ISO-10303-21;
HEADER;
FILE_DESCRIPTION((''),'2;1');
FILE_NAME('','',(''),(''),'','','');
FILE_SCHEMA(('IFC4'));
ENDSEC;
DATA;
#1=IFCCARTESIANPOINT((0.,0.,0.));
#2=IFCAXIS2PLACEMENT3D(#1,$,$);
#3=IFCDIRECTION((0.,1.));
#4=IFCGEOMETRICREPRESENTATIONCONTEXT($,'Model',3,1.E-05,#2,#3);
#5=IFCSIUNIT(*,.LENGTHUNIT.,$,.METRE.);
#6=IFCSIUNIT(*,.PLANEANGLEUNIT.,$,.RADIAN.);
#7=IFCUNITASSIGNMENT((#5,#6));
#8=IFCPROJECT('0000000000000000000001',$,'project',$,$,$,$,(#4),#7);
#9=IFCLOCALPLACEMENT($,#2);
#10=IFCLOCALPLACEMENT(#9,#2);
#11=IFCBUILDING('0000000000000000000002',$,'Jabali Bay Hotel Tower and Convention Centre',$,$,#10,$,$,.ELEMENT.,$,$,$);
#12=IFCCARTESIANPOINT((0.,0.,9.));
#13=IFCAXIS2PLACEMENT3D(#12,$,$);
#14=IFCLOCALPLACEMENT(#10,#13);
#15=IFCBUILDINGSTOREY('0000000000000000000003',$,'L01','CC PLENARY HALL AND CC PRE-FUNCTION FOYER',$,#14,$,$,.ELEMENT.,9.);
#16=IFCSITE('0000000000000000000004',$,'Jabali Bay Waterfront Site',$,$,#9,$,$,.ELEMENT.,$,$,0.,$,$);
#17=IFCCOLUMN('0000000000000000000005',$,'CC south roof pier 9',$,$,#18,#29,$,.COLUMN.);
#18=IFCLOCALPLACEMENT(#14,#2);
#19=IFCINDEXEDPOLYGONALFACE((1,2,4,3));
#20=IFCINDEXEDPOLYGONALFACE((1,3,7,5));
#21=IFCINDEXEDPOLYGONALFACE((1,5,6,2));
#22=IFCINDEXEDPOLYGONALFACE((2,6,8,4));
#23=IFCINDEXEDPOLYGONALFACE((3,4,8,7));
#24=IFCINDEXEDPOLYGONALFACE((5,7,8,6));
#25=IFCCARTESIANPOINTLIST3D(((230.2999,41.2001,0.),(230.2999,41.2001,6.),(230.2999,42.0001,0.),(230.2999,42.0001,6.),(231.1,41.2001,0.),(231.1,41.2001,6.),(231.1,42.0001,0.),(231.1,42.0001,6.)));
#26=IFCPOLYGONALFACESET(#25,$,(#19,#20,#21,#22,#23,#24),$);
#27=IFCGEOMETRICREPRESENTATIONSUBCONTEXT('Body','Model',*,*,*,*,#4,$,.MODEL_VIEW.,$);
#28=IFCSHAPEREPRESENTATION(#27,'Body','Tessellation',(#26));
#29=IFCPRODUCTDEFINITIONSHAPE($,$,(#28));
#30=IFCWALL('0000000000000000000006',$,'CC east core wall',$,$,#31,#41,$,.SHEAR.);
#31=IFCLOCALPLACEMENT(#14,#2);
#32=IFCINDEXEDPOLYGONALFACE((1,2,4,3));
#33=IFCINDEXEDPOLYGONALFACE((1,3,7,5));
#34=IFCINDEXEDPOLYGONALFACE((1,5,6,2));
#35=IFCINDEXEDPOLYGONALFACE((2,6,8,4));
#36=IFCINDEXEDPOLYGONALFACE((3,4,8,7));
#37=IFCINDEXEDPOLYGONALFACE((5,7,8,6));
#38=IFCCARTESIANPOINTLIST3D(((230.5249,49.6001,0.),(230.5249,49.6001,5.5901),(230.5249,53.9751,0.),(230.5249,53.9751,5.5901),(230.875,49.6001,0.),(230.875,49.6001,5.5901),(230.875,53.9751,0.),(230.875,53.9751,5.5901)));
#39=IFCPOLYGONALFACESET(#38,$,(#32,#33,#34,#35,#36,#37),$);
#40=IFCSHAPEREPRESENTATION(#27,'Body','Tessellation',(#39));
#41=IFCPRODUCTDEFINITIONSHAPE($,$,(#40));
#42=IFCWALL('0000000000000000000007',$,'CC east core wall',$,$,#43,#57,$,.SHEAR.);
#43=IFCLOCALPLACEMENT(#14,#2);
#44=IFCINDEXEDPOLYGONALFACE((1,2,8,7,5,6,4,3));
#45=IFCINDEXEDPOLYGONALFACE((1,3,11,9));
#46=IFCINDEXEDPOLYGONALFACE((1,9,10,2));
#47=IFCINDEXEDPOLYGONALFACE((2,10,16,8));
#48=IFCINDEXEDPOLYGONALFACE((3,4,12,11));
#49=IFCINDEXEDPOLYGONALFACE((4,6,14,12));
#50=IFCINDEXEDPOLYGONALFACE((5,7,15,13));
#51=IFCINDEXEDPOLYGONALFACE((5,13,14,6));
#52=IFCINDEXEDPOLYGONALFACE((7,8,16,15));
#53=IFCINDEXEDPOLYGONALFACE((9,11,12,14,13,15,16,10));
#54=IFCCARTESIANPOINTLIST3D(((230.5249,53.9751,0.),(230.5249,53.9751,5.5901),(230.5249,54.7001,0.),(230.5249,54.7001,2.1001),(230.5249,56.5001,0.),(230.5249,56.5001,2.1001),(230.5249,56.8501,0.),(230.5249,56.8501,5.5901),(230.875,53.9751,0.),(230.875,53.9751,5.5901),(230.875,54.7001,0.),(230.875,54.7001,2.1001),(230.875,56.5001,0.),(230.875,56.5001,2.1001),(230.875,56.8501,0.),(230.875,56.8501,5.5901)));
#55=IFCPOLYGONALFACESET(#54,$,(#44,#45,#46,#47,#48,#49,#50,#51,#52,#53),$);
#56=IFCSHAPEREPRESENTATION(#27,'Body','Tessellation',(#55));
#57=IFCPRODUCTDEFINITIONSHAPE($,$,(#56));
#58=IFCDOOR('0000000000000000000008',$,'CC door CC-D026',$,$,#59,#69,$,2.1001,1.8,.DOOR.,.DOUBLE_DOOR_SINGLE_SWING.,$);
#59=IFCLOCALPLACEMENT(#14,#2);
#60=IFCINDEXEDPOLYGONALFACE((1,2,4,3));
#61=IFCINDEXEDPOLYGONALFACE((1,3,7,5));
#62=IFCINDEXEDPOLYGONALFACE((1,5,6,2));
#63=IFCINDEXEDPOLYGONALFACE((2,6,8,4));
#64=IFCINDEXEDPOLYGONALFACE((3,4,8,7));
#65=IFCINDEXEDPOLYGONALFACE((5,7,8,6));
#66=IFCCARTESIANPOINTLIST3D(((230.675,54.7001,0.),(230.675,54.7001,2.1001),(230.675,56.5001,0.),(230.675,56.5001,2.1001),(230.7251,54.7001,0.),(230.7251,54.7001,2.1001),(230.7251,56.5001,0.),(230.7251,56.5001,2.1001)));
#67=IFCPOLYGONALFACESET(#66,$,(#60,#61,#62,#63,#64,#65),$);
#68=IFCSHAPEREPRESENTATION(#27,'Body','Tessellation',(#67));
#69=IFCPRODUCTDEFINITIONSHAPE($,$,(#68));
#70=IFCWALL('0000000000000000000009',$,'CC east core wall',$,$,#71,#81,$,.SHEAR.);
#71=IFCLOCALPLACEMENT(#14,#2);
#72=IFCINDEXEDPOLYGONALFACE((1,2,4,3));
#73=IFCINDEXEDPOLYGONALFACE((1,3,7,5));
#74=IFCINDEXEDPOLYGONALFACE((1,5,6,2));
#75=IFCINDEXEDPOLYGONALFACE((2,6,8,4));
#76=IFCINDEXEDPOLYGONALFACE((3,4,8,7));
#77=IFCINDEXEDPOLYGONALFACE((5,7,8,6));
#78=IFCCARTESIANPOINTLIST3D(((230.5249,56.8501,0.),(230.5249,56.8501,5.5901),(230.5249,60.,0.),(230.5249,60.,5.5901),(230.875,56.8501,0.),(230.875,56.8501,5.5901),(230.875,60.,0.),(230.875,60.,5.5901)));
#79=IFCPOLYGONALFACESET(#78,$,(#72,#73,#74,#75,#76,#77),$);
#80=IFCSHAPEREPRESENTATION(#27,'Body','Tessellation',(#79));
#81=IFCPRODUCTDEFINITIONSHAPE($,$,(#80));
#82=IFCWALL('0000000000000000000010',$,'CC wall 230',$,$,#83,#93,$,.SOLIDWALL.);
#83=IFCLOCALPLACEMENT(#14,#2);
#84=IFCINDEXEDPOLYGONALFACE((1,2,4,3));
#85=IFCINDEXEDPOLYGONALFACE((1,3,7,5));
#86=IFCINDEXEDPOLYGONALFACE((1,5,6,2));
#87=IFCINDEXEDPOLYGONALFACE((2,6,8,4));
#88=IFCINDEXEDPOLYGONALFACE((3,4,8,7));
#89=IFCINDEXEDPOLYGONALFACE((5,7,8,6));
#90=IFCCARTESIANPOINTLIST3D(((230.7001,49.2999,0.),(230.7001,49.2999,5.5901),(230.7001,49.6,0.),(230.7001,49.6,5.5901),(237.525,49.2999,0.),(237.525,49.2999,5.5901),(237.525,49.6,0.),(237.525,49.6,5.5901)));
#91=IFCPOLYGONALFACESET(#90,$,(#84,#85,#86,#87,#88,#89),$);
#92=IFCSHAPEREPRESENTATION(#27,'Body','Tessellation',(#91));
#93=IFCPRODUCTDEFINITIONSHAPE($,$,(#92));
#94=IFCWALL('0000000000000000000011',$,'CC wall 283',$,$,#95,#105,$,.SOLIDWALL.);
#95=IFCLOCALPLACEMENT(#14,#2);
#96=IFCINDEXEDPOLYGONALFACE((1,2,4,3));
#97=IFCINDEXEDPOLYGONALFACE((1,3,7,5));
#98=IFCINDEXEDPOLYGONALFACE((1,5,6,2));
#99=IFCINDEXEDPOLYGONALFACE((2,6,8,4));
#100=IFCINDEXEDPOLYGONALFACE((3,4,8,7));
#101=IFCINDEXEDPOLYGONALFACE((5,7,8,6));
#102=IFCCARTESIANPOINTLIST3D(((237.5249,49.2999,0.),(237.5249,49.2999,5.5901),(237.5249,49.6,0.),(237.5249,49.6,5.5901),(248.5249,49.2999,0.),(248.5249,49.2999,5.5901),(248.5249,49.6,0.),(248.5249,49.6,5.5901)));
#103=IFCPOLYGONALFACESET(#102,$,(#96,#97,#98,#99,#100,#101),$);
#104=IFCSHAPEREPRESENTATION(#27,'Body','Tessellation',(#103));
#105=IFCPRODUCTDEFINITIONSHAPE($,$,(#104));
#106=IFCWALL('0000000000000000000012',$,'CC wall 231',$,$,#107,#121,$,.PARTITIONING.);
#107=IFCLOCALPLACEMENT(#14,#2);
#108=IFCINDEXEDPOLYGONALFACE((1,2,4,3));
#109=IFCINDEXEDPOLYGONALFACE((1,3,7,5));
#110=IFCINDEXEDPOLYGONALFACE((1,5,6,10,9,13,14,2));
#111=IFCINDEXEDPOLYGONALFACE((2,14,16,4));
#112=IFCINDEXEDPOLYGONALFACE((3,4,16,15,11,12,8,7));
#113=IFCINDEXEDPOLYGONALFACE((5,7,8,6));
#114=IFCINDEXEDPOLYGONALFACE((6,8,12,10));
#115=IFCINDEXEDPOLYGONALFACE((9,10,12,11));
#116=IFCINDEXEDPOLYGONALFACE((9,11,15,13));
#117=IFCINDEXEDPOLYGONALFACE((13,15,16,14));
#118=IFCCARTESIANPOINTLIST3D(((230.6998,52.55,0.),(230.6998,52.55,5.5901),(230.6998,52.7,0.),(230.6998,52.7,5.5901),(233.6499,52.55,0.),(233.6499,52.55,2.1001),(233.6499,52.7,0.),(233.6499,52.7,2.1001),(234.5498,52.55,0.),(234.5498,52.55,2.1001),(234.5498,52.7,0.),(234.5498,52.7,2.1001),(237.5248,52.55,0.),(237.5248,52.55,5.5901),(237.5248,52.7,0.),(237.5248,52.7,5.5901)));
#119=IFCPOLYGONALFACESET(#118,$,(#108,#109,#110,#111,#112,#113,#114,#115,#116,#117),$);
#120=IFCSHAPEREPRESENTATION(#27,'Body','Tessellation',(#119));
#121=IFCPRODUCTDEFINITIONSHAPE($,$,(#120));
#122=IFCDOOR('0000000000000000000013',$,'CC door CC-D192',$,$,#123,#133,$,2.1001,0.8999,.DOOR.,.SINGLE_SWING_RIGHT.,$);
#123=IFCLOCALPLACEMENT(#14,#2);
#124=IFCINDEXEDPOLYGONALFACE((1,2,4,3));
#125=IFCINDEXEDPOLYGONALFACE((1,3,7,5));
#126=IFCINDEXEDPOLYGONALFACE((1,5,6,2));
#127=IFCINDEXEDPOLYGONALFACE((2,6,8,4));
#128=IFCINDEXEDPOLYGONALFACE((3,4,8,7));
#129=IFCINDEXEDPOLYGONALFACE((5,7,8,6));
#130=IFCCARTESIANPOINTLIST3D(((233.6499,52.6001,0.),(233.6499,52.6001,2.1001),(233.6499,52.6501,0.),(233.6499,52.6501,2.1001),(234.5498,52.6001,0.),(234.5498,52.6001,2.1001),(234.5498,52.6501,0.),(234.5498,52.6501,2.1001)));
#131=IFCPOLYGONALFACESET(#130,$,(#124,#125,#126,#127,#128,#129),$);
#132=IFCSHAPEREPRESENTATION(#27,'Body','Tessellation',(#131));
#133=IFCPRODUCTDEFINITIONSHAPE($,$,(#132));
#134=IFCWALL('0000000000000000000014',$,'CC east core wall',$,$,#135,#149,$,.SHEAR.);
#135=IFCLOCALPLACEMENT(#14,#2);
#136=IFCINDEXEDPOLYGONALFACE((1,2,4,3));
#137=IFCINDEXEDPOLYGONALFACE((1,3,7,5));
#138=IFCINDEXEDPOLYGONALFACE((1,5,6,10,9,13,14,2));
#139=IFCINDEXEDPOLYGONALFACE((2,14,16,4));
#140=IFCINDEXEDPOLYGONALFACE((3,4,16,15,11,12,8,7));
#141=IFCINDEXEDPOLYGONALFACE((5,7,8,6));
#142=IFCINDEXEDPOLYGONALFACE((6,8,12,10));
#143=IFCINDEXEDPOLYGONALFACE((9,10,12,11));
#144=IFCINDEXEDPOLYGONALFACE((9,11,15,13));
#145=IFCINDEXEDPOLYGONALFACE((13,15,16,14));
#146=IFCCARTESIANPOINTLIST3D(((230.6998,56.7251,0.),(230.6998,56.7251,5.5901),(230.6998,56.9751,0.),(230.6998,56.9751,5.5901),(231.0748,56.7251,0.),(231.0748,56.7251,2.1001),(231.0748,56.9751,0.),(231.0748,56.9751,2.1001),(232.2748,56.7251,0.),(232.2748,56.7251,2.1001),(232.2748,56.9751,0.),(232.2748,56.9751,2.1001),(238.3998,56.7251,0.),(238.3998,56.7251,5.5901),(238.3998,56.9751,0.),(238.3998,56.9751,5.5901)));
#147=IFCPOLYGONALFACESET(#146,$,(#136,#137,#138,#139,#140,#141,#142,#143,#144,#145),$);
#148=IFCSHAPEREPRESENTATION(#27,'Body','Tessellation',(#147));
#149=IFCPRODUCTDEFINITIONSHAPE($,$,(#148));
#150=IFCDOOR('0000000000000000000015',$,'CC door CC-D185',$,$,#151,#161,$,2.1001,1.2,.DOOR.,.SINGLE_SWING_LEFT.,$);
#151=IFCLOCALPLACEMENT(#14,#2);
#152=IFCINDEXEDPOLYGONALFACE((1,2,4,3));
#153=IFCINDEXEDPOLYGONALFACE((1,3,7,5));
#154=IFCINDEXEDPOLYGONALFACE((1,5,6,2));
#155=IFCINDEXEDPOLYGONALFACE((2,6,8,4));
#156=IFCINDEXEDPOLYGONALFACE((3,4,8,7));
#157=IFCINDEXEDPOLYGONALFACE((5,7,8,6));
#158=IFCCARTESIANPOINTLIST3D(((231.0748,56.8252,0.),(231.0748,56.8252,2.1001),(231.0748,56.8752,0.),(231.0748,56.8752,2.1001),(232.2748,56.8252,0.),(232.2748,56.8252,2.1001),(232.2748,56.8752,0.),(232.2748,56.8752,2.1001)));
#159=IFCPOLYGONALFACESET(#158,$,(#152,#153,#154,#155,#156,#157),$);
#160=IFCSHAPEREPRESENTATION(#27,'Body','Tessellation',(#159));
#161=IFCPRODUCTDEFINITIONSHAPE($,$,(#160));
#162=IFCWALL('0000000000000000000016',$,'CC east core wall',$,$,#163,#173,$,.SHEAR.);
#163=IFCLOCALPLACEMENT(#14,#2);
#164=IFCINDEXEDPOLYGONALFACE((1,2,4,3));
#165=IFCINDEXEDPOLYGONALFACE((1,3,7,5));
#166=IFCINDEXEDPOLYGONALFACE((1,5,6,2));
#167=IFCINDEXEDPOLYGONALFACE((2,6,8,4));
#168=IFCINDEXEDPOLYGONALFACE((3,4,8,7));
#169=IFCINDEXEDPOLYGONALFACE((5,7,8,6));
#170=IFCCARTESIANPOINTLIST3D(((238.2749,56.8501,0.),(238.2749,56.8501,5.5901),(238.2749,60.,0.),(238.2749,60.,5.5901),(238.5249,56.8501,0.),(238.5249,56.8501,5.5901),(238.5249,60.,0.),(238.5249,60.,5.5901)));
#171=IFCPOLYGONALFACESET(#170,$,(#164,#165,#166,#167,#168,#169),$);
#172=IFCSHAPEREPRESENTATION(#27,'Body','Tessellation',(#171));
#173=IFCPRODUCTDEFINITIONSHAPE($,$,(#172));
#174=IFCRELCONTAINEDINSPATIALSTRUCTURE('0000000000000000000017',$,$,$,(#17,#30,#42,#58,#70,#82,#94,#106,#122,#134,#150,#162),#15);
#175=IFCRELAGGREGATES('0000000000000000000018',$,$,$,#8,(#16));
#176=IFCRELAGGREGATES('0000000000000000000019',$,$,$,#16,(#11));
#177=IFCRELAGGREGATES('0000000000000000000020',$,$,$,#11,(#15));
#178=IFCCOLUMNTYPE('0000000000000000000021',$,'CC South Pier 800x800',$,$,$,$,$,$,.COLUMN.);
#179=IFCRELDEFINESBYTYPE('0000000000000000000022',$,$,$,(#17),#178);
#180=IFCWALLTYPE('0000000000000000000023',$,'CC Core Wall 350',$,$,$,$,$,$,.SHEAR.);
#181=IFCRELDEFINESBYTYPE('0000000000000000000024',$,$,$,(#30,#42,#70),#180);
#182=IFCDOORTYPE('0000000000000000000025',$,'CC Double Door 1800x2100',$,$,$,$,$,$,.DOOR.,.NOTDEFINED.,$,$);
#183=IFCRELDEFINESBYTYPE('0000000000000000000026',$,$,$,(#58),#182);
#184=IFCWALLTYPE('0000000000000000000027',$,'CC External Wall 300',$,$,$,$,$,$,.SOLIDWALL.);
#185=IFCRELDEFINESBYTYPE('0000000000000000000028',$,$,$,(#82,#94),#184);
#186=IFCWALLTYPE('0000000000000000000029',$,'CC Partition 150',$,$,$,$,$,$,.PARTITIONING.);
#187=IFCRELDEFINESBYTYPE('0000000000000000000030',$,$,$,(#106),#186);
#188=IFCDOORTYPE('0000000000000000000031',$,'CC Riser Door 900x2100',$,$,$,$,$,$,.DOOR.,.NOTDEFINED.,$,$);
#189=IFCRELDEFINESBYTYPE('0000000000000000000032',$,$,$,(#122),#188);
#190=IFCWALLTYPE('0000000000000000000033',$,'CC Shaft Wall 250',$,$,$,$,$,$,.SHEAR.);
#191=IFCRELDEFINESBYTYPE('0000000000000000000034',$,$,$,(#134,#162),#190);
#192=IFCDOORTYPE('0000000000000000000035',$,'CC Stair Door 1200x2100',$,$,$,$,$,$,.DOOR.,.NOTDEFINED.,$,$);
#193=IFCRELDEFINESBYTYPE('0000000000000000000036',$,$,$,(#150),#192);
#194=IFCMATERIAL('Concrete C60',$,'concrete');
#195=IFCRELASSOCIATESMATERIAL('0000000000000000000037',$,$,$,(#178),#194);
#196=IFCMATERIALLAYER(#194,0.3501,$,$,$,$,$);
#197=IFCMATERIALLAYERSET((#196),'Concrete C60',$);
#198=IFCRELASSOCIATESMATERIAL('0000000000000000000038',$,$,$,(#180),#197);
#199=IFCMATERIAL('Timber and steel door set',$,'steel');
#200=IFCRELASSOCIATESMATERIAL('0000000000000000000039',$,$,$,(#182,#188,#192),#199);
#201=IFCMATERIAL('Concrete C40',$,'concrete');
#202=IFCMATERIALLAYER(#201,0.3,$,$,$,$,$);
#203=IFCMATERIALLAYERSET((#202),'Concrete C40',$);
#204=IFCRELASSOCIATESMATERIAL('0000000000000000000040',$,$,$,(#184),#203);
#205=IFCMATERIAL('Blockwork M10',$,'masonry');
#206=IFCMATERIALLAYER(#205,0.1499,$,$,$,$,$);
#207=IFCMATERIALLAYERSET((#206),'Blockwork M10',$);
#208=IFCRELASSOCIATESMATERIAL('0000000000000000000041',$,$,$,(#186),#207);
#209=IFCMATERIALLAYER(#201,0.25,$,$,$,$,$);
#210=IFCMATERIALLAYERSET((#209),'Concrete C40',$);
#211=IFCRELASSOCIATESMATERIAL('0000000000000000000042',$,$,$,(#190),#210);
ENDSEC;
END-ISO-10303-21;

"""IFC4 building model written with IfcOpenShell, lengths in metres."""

from ifc_helpers import new_model, si_unit, direction, frame, frame_2d, origin, origin_2d, place, context, subcontext, project, spatial, rectangle, extrude, material, layer, layer_set, material_profile, profile_set, type_object, element, fill, save


model = new_model("IFC4")

# Units and contexts
model_context = context("Model", 3, precision=1e-05, world=origin(), true_north=direction((0.0, 1.0)))
body_context = subcontext(model_context, "Body", "Model", "MODEL_VIEW")
ifc_project = project(units=[si_unit("LENGTHUNIT", "METRE"), si_unit("PLANEANGLEUNIT", "RADIAN")], contexts=[model_context])

# Site, building, storey
site_placement = place(None, origin())
site = spatial("IfcSite", under=ifc_project, at=site_placement, Name="Jabali Bay Waterfront Site", CompositionType="ELEMENT", RefElevation=0.0)
building_placement = place(site_placement, origin())
building = spatial("IfcBuilding", under=site, at=building_placement, Name="Jabali Bay Hotel Tower and Convention Centre", CompositionType="ELEMENT")
storey_placement = place(building_placement, frame((0.0, 0.0, 9.0)))
storey = spatial("IfcBuildingStorey", under=building, at=storey_placement, Name="L01", Description="CC PLENARY HALL AND CC PRE-FUNCTION FOYER", CompositionType="ELEMENT", Elevation=9.0)

# Column
ifc_material_1 = material(Name="Concrete C60", Category="concrete")
ifc_material_profile = material_profile(ifc_material_1, rectangle(XDim=0.8, YDim=0.8, at=origin_2d()), Name="RC 800x800")
ifc_profile_set = profile_set([ifc_material_profile], Name="Concrete C60")
column_type = type_object("IfcColumnType", Name="CC South Pier 800x800", PredefinedType="COLUMN", material=ifc_profile_set)
column_placement = place(storey_placement, frame((230.7, 41.6001, 0.0), z_axis=(0.0, 0.0, 1.0), x_axis=(1.0, 0.0, 0.0)))
element("IfcColumn", 1, at=column_placement, inside=storey, type_object=column_type, Name="CC south roof pier 9", PredefinedType="COLUMN", context=body_context, shape_type="SweptSolid", body=[
    extrude(rectangle(XDim=0.8, YDim=0.8, at=origin_2d()), origin(), (0.0, 0.0, 1.0), 6.0),
])

# Wall
ifc_layer_1 = layer(ifc_material_1, 0.3501)
ifc_layer_set_1 = layer_set([ifc_layer_1], Name="Concrete C60")
wall_type_1 = type_object("IfcWallType", Name="CC Core Wall 350", PredefinedType="SHEAR", material=ifc_layer_set_1)
wall_1_placement = place(storey_placement, frame((230.7, 49.6001, 0.0), z_axis=(0.0, 0.0, 1.0), x_axis=(0.0, 1.0, 0.0)))
element("IfcWall", 2, at=wall_1_placement, inside=storey, type_object=wall_type_1, Name="CC east core wall", PredefinedType="SHEAR", context=body_context, shape_type="SweptSolid", body=[
    extrude(rectangle(XDim=4.375, YDim=0.3501, at=frame_2d((2.1875, 0.0))), origin(), (0.0, 0.0, 1.0), 5.5901),
])

# Wall, opening, door
wall_2_placement = place(storey_placement, frame((230.7, 53.9751, 0.0), z_axis=(0.0, 0.0, 1.0), x_axis=(0.0, 1.0, 0.0)))
wall_2 = element("IfcWall", 3, at=wall_2_placement, inside=storey, type_object=wall_type_1, Name="CC east core wall", PredefinedType="SHEAR", context=body_context, shape_type="SweptSolid", body=[
    extrude(rectangle(XDim=2.875, YDim=0.3501, at=frame_2d((1.4375, 0.0))), origin(), (0.0, 0.0, 1.0), 5.5901),
])
opening_1_placement = place(wall_2_placement, frame((0.7251, 0.0, 0.0)))
opening_1 = element("IfcOpeningElement", 4, at=opening_1_placement, cuts=wall_2, PredefinedType="OPENING", context=body_context, shape_type="SweptSolid", body=[
    extrude(rectangle(XDim=1.8, YDim=2.1001, at=frame_2d((0.8999, 1.05))), frame((0.0, 0.1855, 0.0), z_axis=(0.0, -1.0, 0.0), x_axis=(1.0, 0.0, 0.0)), (0.0, 0.0, 1.0), 0.3711),
])
ifc_material_2 = material(Name="Timber and steel door set", Category="steel")
door_type_1 = type_object("IfcDoorType", Name="CC Double Door 1800x2100", OperationType="NOTDEFINED", PredefinedType="DOOR", material=ifc_material_2)
door_1_placement = place(opening_1_placement, origin())
door_1 = element("IfcDoor", 5, at=door_1_placement, inside=storey, type_object=door_type_1, Name="CC door CC-D026", OperationType="DOUBLE_DOOR_SINGLE_SWING", OverallHeight=2.1001, OverallWidth=1.8, PredefinedType="DOOR", context=body_context, shape_type="SweptSolid", body=[
    extrude(rectangle(XDim=1.8, YDim=2.1001, at=frame_2d((0.8999, 1.05))), frame((0.0, 0.0249, 0.0), z_axis=(0.0, -1.0, 0.0), x_axis=(1.0, 0.0, 0.0)), (0.0, 0.0, 1.0), 0.05),
])
fill(opening_1, door_1)

# Walls
wall_3_placement = place(storey_placement, frame((230.7, 56.8501, 0.0), z_axis=(0.0, 0.0, 1.0), x_axis=(0.0, 1.0, 0.0)))
element("IfcWall", 6, at=wall_3_placement, inside=storey, type_object=wall_type_1, Name="CC east core wall", PredefinedType="SHEAR", context=body_context, shape_type="SweptSolid", body=[
    extrude(rectangle(XDim=3.1499, YDim=0.3501, at=frame_2d((1.575, 0.0))), origin(), (0.0, 0.0, 1.0), 5.5901),
])
ifc_material_3 = material(Name="Concrete C40", Category="concrete")
ifc_layer_2 = layer(ifc_material_3, 0.3)
ifc_layer_set_2 = layer_set([ifc_layer_2], Name="Concrete C40")
wall_type_2 = type_object("IfcWallType", Name="CC External Wall 300", PredefinedType="SOLIDWALL", material=ifc_layer_set_2)
wall_4_placement = place(storey_placement, frame((230.7, 49.45, 0.0), z_axis=(0.0, 0.0, 1.0), x_axis=(1.0, 0.0, 0.0)))
element("IfcWall", 7, at=wall_4_placement, inside=storey, type_object=wall_type_2, Name="CC wall 230", PredefinedType="SOLIDWALL", context=body_context, shape_type="SweptSolid", body=[
    extrude(rectangle(XDim=6.825, YDim=0.3, at=frame_2d((3.4126, 0.0))), origin(), (0.0, 0.0, 1.0), 5.5901),
])
wall_5_placement = place(storey_placement, frame((237.5249, 49.45, 0.0), z_axis=(0.0, 0.0, 1.0), x_axis=(1.0, 0.0, 0.0)))
element("IfcWall", 8, at=wall_5_placement, inside=storey, type_object=wall_type_2, Name="CC wall 283", PredefinedType="SOLIDWALL", context=body_context, shape_type="SweptSolid", body=[
    extrude(rectangle(XDim=11.0, YDim=0.3, at=frame_2d((5.5, 0.0))), origin(), (0.0, 0.0, 1.0), 5.5901),
])

# Walls, openings, doors
ifc_material_4 = material(Name="Blockwork M10", Category="masonry")
ifc_layer_3 = layer(ifc_material_4, 0.1499)
ifc_layer_set_3 = layer_set([ifc_layer_3], Name="Blockwork M10")
wall_type_3 = type_object("IfcWallType", Name="CC Partition 150", PredefinedType="PARTITIONING", material=ifc_layer_set_3)
wall_6_placement = place(storey_placement, frame((237.5249, 52.625, 0.0), z_axis=(0.0, 0.0, 1.0), x_axis=(-1.0, 0.0, 0.0)))
wall_6 = element("IfcWall", 9, at=wall_6_placement, inside=storey, type_object=wall_type_3, Name="CC wall 231", PredefinedType="PARTITIONING", context=body_context, shape_type="SweptSolid", body=[
    extrude(rectangle(XDim=6.825, YDim=0.1499, at=frame_2d((3.4126, 0.0))), origin(), (0.0, 0.0, 1.0), 5.5901),
])
opening_2_placement = place(wall_6_placement, frame((2.9751, 0.0, 0.0)))
opening_2 = element("IfcOpeningElement", 10, at=opening_2_placement, cuts=wall_6, PredefinedType="OPENING", context=body_context, shape_type="SweptSolid", body=[
    extrude(rectangle(XDim=0.8999, YDim=2.1001, at=frame_2d((0.45, 1.05))), frame((0.0, 0.0854, 0.0), z_axis=(0.0, -1.0, 0.0), x_axis=(1.0, 0.0, 0.0)), (0.0, 0.0, 1.0), 0.1709),
])
door_type_2 = type_object("IfcDoorType", Name="CC Riser Door 900x2100", OperationType="NOTDEFINED", PredefinedType="DOOR", material=ifc_material_2)
door_2_placement = place(opening_2_placement, origin())
door_2 = element("IfcDoor", 11, at=door_2_placement, inside=storey, type_object=door_type_2, Name="CC door CC-D192", OperationType="SINGLE_SWING_RIGHT", OverallHeight=2.1001, OverallWidth=0.8999, PredefinedType="DOOR", context=body_context, shape_type="SweptSolid", body=[
    extrude(rectangle(XDim=0.8999, YDim=2.1001, at=frame_2d((0.45, 1.05))), frame((0.0, 0.0249, 0.0), z_axis=(0.0, -1.0, 0.0), x_axis=(1.0, 0.0, 0.0)), (0.0, 0.0, 1.0), 0.05),
])
fill(opening_2, door_2)
ifc_layer_4 = layer(ifc_material_3, 0.25)
ifc_layer_set_4 = layer_set([ifc_layer_4], Name="Concrete C40")
wall_type_4 = type_object("IfcWallType", Name="CC Shaft Wall 250", PredefinedType="SHEAR", material=ifc_layer_set_4)
wall_7_placement = place(storey_placement, frame((238.3999, 56.8501, 0.0), z_axis=(0.0, 0.0, 1.0), x_axis=(-1.0, 0.0, 0.0)))
wall_7 = element("IfcWall", 12, at=wall_7_placement, inside=storey, type_object=wall_type_4, Name="CC east core wall", PredefinedType="SHEAR", context=body_context, shape_type="SweptSolid", body=[
    extrude(rectangle(XDim=7.7, YDim=0.25, at=frame_2d((3.8501, 0.0))), origin(), (0.0, 0.0, 1.0), 5.5901),
])
opening_3_placement = place(wall_7_placement, frame((6.125, 0.0, 0.0)))
opening_3 = element("IfcOpeningElement", 13, at=opening_3_placement, cuts=wall_7, PredefinedType="OPENING", context=body_context, shape_type="SweptSolid", body=[
    extrude(rectangle(XDim=1.2, YDim=2.1001, at=frame_2d((0.6001, 1.05))), frame((0.0, 0.1355, 0.0), z_axis=(0.0, -1.0, 0.0), x_axis=(1.0, 0.0, 0.0)), (0.0, 0.0, 1.0), 0.271),
])
door_type_3 = type_object("IfcDoorType", Name="CC Stair Door 1200x2100", OperationType="NOTDEFINED", PredefinedType="DOOR", material=ifc_material_2)
door_3_placement = place(opening_3_placement, origin())
door_3 = element("IfcDoor", 14, at=door_3_placement, inside=storey, type_object=door_type_3, Name="CC door CC-D185", OperationType="SINGLE_SWING_LEFT", OverallHeight=2.1001, OverallWidth=1.2, PredefinedType="DOOR", context=body_context, shape_type="SweptSolid", body=[
    extrude(rectangle(XDim=1.2, YDim=2.1001, at=frame_2d((0.6001, 1.05))), frame((0.0, 0.0249, 0.0), z_axis=(0.0, -1.0, 0.0), x_axis=(1.0, 0.0, 0.0)), (0.0, 0.0, 1.0), 0.05),
])
fill(opening_3, door_3)

# Wall
wall_8_placement = place(storey_placement, frame((238.3999, 56.8501, 0.0), z_axis=(0.0, 0.0, 1.0), x_axis=(0.0, 1.0, 0.0)))
element("IfcWall", 15, at=wall_8_placement, inside=storey, type_object=wall_type_4, Name="CC east core wall", PredefinedType="SHEAR", context=body_context, shape_type="SweptSolid", body=[
    extrude(rectangle(XDim=3.1499, YDim=0.25, at=frame_2d((1.575, 0.0))), origin(), (0.0, 0.0, 1.0), 5.5901),
])

save(model, "model.ifc")
